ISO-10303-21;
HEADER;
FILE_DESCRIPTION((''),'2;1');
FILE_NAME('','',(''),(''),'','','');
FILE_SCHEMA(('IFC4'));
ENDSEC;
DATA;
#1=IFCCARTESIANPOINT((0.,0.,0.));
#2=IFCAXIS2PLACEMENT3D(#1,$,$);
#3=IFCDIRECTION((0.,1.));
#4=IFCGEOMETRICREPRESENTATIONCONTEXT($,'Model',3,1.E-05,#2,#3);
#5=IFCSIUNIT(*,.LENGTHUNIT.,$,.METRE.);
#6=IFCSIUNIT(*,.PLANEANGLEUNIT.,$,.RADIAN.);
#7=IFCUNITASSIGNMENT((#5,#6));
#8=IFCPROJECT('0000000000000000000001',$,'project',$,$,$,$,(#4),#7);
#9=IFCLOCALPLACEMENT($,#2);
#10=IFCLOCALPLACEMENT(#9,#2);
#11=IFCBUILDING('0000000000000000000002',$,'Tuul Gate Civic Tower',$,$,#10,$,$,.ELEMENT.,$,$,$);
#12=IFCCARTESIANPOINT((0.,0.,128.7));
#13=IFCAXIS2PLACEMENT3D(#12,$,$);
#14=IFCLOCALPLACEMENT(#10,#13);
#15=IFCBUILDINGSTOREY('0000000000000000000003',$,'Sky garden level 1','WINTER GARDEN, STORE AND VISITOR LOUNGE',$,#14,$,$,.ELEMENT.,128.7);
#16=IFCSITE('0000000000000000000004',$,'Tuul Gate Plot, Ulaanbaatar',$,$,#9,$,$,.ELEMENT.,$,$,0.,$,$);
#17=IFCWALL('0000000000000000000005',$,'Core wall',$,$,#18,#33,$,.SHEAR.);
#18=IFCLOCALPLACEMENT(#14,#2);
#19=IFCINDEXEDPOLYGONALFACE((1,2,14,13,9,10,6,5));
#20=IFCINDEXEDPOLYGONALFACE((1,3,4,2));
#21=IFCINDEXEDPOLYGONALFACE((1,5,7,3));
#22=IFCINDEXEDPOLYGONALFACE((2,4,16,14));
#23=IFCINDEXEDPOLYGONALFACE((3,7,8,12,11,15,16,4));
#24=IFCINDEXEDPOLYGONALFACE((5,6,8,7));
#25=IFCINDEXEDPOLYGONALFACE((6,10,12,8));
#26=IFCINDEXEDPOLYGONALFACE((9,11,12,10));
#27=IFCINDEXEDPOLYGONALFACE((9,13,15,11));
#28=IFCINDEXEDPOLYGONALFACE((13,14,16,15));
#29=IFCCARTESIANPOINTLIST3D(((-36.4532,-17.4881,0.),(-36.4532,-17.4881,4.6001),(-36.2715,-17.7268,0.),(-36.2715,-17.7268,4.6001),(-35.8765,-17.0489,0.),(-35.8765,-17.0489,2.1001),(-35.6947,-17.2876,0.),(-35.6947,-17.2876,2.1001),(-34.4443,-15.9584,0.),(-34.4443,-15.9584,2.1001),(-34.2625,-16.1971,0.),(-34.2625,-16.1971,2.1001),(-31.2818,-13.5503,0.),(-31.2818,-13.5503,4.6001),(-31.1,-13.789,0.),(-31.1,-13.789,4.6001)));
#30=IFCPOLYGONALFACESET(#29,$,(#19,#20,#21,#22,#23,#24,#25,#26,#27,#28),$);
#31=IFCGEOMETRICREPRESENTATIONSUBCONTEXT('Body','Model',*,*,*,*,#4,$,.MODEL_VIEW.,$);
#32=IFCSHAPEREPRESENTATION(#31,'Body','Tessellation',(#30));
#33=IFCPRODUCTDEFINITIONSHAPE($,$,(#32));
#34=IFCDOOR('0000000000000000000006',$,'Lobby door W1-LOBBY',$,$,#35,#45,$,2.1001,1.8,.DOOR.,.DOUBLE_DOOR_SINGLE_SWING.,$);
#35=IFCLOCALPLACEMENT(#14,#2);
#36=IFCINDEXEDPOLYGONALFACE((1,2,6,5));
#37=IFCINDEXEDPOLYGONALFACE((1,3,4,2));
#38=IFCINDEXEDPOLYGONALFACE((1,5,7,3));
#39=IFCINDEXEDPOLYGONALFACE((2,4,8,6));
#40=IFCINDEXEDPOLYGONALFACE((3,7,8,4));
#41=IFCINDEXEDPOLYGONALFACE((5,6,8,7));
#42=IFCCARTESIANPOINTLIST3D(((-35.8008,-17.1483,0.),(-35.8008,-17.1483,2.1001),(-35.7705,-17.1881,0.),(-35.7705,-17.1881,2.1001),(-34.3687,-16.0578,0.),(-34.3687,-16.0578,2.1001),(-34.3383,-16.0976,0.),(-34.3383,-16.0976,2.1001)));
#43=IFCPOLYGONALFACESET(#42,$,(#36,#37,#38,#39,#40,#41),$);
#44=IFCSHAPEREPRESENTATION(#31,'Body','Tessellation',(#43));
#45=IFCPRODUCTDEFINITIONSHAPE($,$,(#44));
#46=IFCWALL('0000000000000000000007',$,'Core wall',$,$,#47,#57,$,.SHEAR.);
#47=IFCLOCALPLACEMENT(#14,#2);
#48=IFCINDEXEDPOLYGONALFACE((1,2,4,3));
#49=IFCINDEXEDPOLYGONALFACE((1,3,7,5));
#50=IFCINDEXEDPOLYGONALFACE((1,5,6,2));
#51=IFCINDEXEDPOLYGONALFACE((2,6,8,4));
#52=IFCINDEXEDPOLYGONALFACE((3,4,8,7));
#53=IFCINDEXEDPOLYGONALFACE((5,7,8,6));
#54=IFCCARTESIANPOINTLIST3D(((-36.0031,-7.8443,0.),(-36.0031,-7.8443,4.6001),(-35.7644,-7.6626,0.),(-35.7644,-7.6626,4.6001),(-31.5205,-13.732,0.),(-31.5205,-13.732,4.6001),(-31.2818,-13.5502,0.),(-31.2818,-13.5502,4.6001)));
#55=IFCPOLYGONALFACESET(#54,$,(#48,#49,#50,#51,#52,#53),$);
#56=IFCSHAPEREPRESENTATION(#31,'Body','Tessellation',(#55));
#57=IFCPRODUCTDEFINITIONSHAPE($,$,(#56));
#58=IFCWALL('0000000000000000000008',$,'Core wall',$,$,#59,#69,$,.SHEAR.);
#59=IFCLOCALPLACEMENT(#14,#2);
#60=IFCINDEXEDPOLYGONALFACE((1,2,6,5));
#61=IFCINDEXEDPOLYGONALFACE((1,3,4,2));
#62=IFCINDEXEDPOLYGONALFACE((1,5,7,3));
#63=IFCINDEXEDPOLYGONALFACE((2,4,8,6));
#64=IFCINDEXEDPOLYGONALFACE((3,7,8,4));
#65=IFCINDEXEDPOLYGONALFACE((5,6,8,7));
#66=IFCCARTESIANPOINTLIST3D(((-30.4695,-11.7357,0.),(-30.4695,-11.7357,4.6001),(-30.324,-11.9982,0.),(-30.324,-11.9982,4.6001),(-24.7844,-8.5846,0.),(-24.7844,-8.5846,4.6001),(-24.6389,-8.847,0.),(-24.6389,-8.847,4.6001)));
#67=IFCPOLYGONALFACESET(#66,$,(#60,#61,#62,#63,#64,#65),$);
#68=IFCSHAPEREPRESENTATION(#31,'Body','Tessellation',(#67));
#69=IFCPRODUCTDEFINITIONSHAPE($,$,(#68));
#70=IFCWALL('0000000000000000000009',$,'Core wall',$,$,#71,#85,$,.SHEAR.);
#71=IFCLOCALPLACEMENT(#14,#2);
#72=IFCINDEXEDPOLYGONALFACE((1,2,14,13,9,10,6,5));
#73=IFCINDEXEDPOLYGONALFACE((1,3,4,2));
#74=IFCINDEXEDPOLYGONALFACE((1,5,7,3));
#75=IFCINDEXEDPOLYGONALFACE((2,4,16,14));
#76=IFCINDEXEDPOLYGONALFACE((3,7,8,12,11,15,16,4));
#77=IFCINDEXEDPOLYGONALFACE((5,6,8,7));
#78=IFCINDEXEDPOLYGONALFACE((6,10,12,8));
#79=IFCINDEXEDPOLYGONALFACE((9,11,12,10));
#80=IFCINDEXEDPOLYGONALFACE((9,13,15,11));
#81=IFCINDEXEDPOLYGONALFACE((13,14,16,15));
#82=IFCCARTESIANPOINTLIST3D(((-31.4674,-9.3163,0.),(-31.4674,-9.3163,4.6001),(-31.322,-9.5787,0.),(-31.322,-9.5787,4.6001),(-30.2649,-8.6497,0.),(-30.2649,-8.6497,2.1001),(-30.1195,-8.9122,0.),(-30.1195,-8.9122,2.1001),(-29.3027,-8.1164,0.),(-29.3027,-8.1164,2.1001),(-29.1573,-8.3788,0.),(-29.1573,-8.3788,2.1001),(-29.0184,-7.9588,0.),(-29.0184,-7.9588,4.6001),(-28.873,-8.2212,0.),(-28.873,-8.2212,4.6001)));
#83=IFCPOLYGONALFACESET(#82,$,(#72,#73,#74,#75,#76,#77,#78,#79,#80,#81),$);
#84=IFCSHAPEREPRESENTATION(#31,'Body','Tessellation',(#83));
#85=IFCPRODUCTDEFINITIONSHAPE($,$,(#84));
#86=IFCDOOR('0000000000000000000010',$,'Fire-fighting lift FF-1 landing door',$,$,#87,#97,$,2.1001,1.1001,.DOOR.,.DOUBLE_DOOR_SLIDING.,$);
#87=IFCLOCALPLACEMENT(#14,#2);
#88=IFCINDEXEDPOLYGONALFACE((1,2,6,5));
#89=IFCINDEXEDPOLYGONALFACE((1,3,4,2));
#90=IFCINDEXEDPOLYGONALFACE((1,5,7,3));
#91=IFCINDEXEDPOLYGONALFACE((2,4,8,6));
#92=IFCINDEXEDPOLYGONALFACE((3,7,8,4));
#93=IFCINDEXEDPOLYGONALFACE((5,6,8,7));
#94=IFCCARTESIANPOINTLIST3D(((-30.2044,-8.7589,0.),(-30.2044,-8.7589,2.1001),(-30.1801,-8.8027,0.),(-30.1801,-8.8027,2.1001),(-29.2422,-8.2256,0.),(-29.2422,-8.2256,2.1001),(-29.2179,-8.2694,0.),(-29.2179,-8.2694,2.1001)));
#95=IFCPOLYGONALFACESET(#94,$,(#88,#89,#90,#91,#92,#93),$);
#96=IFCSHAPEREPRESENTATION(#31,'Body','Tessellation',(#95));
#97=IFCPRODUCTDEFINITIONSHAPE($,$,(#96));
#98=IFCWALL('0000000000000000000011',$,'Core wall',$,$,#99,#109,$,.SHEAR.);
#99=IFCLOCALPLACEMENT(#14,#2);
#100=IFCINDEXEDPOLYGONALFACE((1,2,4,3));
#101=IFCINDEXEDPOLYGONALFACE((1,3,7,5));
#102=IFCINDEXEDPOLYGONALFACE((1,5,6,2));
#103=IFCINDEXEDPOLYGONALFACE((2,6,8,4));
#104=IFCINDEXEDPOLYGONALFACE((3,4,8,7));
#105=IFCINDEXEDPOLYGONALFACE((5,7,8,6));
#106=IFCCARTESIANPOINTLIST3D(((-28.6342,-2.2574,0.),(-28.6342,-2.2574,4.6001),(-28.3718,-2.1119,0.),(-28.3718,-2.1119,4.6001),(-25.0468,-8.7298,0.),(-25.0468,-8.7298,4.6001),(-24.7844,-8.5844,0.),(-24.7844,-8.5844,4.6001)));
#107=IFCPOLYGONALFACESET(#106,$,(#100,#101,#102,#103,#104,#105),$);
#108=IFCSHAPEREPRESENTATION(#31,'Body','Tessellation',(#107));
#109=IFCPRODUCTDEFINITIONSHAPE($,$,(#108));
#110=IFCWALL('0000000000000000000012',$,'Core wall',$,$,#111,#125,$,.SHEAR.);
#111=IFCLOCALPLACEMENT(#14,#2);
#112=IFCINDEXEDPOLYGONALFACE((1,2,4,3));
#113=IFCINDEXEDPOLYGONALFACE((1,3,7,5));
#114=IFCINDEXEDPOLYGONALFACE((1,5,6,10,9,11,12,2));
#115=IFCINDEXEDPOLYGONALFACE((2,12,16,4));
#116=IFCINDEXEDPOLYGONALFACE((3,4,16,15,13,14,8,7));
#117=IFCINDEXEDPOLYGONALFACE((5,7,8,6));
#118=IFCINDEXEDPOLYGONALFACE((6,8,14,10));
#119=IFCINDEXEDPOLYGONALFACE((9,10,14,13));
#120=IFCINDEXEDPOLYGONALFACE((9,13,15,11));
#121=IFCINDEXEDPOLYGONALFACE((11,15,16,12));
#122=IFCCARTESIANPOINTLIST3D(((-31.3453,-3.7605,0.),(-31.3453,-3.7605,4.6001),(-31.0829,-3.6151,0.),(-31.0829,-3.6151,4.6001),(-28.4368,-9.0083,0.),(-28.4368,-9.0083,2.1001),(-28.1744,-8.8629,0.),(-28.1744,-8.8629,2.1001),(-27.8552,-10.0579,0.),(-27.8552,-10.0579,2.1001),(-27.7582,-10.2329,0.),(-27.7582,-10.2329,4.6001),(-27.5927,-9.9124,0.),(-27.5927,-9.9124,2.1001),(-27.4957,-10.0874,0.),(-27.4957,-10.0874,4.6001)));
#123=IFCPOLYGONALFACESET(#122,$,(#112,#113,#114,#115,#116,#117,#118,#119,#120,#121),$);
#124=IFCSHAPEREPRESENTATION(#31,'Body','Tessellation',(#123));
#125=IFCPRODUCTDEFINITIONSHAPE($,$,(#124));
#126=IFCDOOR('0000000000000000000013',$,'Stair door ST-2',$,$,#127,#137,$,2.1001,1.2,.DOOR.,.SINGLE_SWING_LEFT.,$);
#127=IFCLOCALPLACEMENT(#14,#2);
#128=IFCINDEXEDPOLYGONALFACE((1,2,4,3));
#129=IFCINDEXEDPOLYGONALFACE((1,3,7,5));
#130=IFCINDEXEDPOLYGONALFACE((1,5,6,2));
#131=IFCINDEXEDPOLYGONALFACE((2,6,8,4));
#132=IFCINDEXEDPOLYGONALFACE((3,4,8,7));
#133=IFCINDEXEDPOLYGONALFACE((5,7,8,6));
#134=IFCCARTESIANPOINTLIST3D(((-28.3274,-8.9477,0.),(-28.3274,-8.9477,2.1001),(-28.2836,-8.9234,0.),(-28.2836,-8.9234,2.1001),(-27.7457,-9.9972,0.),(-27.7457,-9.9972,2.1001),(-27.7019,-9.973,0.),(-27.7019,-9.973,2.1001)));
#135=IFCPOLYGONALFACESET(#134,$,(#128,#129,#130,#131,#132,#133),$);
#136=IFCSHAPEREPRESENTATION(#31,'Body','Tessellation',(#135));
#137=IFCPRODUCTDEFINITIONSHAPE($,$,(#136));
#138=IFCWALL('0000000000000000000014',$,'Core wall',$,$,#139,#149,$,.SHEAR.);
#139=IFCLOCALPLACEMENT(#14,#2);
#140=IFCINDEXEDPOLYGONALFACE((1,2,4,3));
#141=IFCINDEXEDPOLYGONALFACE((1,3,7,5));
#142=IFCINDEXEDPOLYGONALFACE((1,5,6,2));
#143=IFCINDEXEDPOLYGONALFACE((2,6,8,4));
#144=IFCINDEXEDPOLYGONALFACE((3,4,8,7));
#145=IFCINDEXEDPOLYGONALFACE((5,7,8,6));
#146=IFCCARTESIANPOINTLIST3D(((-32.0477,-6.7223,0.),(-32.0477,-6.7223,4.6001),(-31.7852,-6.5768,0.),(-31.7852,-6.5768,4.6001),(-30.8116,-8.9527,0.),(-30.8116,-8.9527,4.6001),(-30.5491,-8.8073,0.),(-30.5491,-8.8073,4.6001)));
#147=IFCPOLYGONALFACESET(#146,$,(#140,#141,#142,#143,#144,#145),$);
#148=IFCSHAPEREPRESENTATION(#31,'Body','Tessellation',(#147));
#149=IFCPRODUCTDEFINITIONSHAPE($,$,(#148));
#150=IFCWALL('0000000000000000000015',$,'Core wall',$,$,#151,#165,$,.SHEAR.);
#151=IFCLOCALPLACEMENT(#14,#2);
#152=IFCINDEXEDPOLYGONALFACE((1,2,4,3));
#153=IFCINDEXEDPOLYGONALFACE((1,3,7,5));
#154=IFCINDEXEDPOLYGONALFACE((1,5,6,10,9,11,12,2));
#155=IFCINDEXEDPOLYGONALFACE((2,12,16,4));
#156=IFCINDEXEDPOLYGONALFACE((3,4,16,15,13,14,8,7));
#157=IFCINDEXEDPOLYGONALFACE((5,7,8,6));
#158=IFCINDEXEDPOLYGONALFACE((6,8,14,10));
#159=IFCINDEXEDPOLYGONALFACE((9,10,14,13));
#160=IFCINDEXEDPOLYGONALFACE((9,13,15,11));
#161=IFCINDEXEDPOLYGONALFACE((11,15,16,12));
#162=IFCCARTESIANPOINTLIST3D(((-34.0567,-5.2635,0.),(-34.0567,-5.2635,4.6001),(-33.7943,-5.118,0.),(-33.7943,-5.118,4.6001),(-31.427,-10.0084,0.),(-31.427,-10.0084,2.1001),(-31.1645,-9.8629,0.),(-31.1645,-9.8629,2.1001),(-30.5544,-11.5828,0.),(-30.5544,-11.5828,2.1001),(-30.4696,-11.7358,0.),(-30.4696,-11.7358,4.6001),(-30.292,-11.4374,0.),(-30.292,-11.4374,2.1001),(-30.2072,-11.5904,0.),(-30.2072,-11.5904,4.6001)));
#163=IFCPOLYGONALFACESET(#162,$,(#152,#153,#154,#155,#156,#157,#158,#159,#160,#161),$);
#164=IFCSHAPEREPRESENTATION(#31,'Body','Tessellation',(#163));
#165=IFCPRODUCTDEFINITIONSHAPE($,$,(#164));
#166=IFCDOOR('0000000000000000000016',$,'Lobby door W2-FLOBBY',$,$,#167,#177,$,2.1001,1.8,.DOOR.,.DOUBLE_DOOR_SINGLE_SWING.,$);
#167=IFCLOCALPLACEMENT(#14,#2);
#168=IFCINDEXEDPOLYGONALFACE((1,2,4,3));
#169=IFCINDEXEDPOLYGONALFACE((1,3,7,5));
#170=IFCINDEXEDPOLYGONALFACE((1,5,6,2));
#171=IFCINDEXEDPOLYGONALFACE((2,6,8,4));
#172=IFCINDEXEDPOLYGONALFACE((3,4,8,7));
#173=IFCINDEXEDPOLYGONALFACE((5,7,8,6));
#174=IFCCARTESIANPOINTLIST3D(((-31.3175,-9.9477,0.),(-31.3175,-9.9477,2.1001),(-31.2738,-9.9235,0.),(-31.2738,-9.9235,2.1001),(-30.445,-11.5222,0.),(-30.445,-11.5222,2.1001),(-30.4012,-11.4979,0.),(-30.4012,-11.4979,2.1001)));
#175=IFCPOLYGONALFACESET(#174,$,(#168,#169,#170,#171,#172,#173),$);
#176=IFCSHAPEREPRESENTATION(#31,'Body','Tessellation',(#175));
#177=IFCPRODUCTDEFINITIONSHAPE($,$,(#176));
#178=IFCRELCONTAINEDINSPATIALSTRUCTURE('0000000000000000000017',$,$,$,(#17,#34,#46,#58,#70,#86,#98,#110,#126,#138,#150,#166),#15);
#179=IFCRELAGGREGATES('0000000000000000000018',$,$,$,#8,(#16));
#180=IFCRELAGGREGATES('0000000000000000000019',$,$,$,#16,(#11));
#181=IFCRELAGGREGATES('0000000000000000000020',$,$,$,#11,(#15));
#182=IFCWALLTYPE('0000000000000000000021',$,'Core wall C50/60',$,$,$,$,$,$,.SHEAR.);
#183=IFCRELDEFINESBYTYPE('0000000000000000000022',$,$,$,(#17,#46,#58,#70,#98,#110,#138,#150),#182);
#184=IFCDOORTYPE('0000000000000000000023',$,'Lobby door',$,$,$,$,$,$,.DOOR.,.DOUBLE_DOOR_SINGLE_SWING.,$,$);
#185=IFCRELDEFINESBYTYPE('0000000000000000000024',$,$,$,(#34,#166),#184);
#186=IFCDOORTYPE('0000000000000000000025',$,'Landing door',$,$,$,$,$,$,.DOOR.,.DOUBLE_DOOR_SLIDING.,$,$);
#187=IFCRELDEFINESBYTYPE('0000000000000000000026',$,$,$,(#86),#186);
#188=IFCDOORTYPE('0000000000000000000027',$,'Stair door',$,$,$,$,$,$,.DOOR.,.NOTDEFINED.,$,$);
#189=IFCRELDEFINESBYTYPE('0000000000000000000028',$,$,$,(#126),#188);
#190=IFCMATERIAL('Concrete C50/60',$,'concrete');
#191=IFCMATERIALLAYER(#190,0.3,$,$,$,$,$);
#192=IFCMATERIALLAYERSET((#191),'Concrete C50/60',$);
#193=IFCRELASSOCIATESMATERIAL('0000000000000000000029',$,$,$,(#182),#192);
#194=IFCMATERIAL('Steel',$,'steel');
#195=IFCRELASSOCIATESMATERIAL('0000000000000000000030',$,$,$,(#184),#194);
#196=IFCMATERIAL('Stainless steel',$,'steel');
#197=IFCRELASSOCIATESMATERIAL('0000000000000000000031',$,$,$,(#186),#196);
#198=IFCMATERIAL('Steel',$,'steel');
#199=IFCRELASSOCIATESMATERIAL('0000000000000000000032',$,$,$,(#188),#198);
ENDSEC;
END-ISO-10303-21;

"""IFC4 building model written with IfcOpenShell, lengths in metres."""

from ifc_helpers import new_model, si_unit, direction, frame, frame_2d, origin, place, context, subcontext, project, spatial, rectangle, extrude, material, layer, layer_set, type_object, element, fill, save


model = new_model("IFC4")

# Units and contexts
model_context = context("Model", 3, precision=1e-05, world=origin(), true_north=direction((0.0, 1.0)))
body_context = subcontext(model_context, "Body", "Model", "MODEL_VIEW")
ifc_project = project(units=[si_unit("LENGTHUNIT", "METRE"), si_unit("PLANEANGLEUNIT", "RADIAN")], contexts=[model_context])

# Site, building, storey
site_placement = place(None, origin())
site = spatial("IfcSite", under=ifc_project, at=site_placement, Name="Tuul Gate Plot, Ulaanbaatar", CompositionType="ELEMENT", RefElevation=0.0)
building_placement = place(site_placement, origin())
building = spatial("IfcBuilding", under=site, at=building_placement, Name="Tuul Gate Civic Tower", CompositionType="ELEMENT")
storey_placement = place(building_placement, frame((0.0, 0.0, 128.7)))
storey = spatial("IfcBuildingStorey", under=building, at=storey_placement, Name="Sky garden level 1", Description="WINTER GARDEN, STORE AND VISITOR LOUNGE", CompositionType="ELEMENT", Elevation=128.7)

# Wall, opening, door
ifc_material_1 = material(Name="Concrete C50/60", Category="concrete")
ifc_layer_1 = layer(ifc_material_1, 0.3)
ifc_layer_set_1 = layer_set([ifc_layer_1], Name="Concrete C50/60")
wall_type_1 = type_object("IfcWallType", Name="Core wall C50/60", PredefinedType="SHEAR", material=ifc_layer_set_1)
wall_1_placement = place(storey_placement, frame((-31.1909, -13.6697, 0.0), z_axis=(0.0, 0.0, 1.0), x_axis=(-0.795607, -0.605813, 0.0)))
wall_1 = element("IfcWall", 1, at=wall_1_placement, inside=storey, type_object=wall_type_1, Name="Core wall", PredefinedType="SHEAR", context=body_context, shape_type="SweptSolid", body=[
    extrude(rectangle(XDim=6.5, YDim=0.3, at=frame_2d((3.25, 0.0))), origin(), (0.0, 0.0, 1.0), 4.6001),
])
opening_1_placement = place(wall_1_placement, frame((3.9751, 0.0, 0.0)))
opening_1 = element("IfcOpeningElement", 2, at=opening_1_placement, cuts=wall_1, PredefinedType="OPENING", context=body_context, shape_type="SweptSolid", body=[
    extrude(rectangle(XDim=1.8, YDim=2.1001, at=frame_2d((0.8999, 1.05))), frame((0.0, 0.1602, 0.0), z_axis=(0.0, -1.0, 0.0), x_axis=(1.0, 0.0, 0.0)), (0.0, 0.0, 1.0), 0.3201),
])
ifc_material_2 = material(Name="Steel", Category="steel")
door_type_1 = type_object("IfcDoorType", Name="Lobby door", OperationType="DOUBLE_DOOR_SINGLE_SWING", PredefinedType="DOOR", material=ifc_material_2)
door_1_placement = place(opening_1_placement, origin())
door_1 = element("IfcDoor", 3, at=door_1_placement, inside=storey, type_object=door_type_1, Name="Lobby door W1-LOBBY", OperationType="DOUBLE_DOOR_SINGLE_SWING", OverallHeight=2.1001, OverallWidth=1.8, PredefinedType="DOOR", context=body_context, shape_type="SweptSolid", body=[
    extrude(rectangle(XDim=1.8, YDim=2.1001, at=frame_2d((0.8999, 1.05))), frame((0.0, 0.0249, 0.0), z_axis=(0.0, -1.0, 0.0), x_axis=(1.0, 0.0, 0.0)), (0.0, 0.0, 1.0), 0.05),
])
fill(opening_1, door_1)

# Walls
wall_2_placement = place(storey_placement, frame((-31.4011, -13.6411, 0.0), z_axis=(0.0, 0.0, 1.0), x_axis=(-0.60577, 0.79564, 0.0)))
element("IfcWall", 4, at=wall_2_placement, inside=storey, type_object=wall_type_1, Name="Core wall", PredefinedType="SHEAR", context=body_context, shape_type="SweptSolid", body=[
    extrude(rectangle(XDim=7.3999, YDim=0.3, at=frame_2d((3.7, 0.0))), origin(), (0.0, 0.0, 1.0), 4.6001),
])
wall_3_placement = place(storey_placement, frame((-24.7117, -8.7158, 0.0), z_axis=(0.0, 0.0, 1.0), x_axis=(-0.87463, -0.484791, 0.0)))
element("IfcWall", 5, at=wall_3_placement, inside=storey, type_object=wall_type_1, Name="Core wall", PredefinedType="SHEAR", context=body_context, shape_type="SweptSolid", body=[
    extrude(rectangle(XDim=6.5, YDim=0.3, at=frame_2d((3.25, 0.0))), origin(), (0.0, 0.0, 1.0), 4.6001),
])

# Wall, opening, door
wall_4_placement = place(storey_placement, frame((-28.9458, -8.0901, 0.0), z_axis=(0.0, 0.0, 1.0), x_axis=(-0.87463, -0.484791, 0.0)))
wall_4 = element("IfcWall", 6, at=wall_4_placement, inside=storey, type_object=wall_type_1, Name="Core wall", PredefinedType="SHEAR", context=body_context, shape_type="SweptSolid", body=[
    extrude(rectangle(XDim=2.8, YDim=0.3, at=frame_2d((1.3999, 0.0))), origin(), (0.0, 0.0, 1.0), 4.6001),
])
opening_2_placement = place(wall_4_placement, frame((0.325, 0.0, 0.0)))
opening_2 = element("IfcOpeningElement", 7, at=opening_2_placement, cuts=wall_4, PredefinedType="OPENING", context=body_context, shape_type="SweptSolid", body=[
    extrude(rectangle(XDim=1.1001, YDim=2.1001, at=frame_2d((0.55, 1.05))), frame((0.0, 0.1602, 0.0), z_axis=(0.0, -1.0, 0.0), x_axis=(1.0, 0.0, 0.0)), (0.0, 0.0, 1.0), 0.3201),
])
ifc_material_3 = material(Name="Stainless steel", Category="steel")
door_type_2 = type_object("IfcDoorType", Name="Landing door", OperationType="DOUBLE_DOOR_SLIDING", PredefinedType="DOOR", material=ifc_material_3)
door_2_placement = place(opening_2_placement, origin())
door_2 = element("IfcDoor", 8, at=door_2_placement, inside=storey, type_object=door_type_2, Name="Fire-fighting lift FF-1 landing door", OperationType="DOUBLE_DOOR_SLIDING", OverallHeight=2.1001, OverallWidth=1.1001, PredefinedType="DOOR", context=body_context, shape_type="SweptSolid", body=[
    extrude(rectangle(XDim=1.1001, YDim=2.1001, at=frame_2d((0.55, 1.05))), frame((0.0, 0.0249, 0.0), z_axis=(0.0, -1.0, 0.0), x_axis=(1.0, 0.0, 0.0)), (0.0, 0.0, 1.0), 0.05),
])
fill(opening_2, door_2)

# Wall
wall_5_placement = place(storey_placement, frame((-24.9155, -8.6572, 0.0), z_axis=(0.0, 0.0, 1.0), x_axis=(-0.484777, 0.874638, 0.0)))
element("IfcWall", 9, at=wall_5_placement, inside=storey, type_object=wall_type_1, Name="Core wall", PredefinedType="SHEAR", context=body_context, shape_type="SweptSolid", body=[
    extrude(rectangle(XDim=7.4001, YDim=0.3, at=frame_2d((3.7002, 0.0))), origin(), (0.0, 0.0, 1.0), 4.6001),
])

# Wall, opening, door
wall_6_placement = place(storey_placement, frame((-27.627, -10.1602, 0.0), z_axis=(0.0, 0.0, 1.0), x_axis=(-0.484752, 0.874652, 0.0)))
wall_6 = element("IfcWall", 10, at=wall_6_placement, inside=storey, type_object=wall_type_1, Name="Core wall", PredefinedType="SHEAR", context=body_context, shape_type="SweptSolid", body=[
    extrude(rectangle(XDim=7.3999, YDim=0.3, at=frame_2d((3.7, 0.0))), origin(), (0.0, 0.0, 1.0), 4.6001),
])
opening_3_placement = place(wall_6_placement, frame((0.2, 0.0, 0.0)))
opening_3 = element("IfcOpeningElement", 11, at=opening_3_placement, cuts=wall_6, PredefinedType="OPENING", context=body_context, shape_type="SweptSolid", body=[
    extrude(rectangle(XDim=1.2, YDim=2.1001, at=frame_2d((0.6001, 1.05))), frame((0.0, 0.1602, 0.0), z_axis=(0.0, -1.0, 0.0), x_axis=(1.0, 0.0, 0.0)), (0.0, 0.0, 1.0), 0.3201),
])
ifc_material_4 = material(Name="Steel", Category="steel")
door_type_3 = type_object("IfcDoorType", Name="Stair door", OperationType="NOTDEFINED", PredefinedType="DOOR", material=ifc_material_4)
door_3_placement = place(opening_3_placement, origin())
door_3 = element("IfcDoor", 12, at=door_3_placement, inside=storey, type_object=door_type_3, Name="Stair door ST-2", OperationType="SINGLE_SWING_LEFT", OverallHeight=2.1001, OverallWidth=1.2, PredefinedType="DOOR", context=body_context, shape_type="SweptSolid", body=[
    extrude(rectangle(XDim=1.2, YDim=2.1001, at=frame_2d((0.6001, 1.05))), frame((0.0, 0.0249, 0.0), z_axis=(0.0, -1.0, 0.0), x_axis=(1.0, 0.0, 0.0)), (0.0, 0.0, 1.0), 0.05),
])
fill(opening_3, door_3)

# Wall
wall_7_placement = place(storey_placement, frame((-30.6804, -8.8799, 0.0), z_axis=(0.0, 0.0, 1.0), x_axis=(-0.484724, 0.874667, 0.0)))
element("IfcWall", 13, at=wall_7_placement, inside=storey, type_object=wall_type_1, Name="Core wall", PredefinedType="SHEAR", context=body_context, shape_type="SweptSolid", body=[
    extrude(rectangle(XDim=2.55, YDim=0.3, at=frame_2d((1.2749, 0.0))), origin(), (0.0, 0.0, 1.0), 4.6001),
])

# Wall, opening, door
wall_8_placement = place(storey_placement, frame((-30.3384, -11.6631, 0.0), z_axis=(0.0, 0.0, 1.0), x_axis=(-0.484752, 0.874652, 0.0)))
wall_8 = element("IfcWall", 14, at=wall_8_placement, inside=storey, type_object=wall_type_1, Name="Core wall", PredefinedType="SHEAR", context=body_context, shape_type="SweptSolid", body=[
    extrude(rectangle(XDim=7.3999, YDim=0.3, at=frame_2d((3.7, 0.0))), origin(), (0.0, 0.0, 1.0), 4.6001),
])
opening_4_placement = place(wall_8_placement, frame((0.175, 0.0, 0.0)))
opening_4 = element("IfcOpeningElement", 15, at=opening_4_placement, cuts=wall_8, PredefinedType="OPENING", context=body_context, shape_type="SweptSolid", body=[
    extrude(rectangle(XDim=1.8, YDim=2.1001, at=frame_2d((0.8999, 1.05))), frame((0.0, 0.1602, 0.0), z_axis=(0.0, -1.0, 0.0), x_axis=(1.0, 0.0, 0.0)), (0.0, 0.0, 1.0), 0.3201),
])
door_4_placement = place(opening_4_placement, origin())
door_4 = element("IfcDoor", 16, at=door_4_placement, inside=storey, type_object=door_type_1, Name="Lobby door W2-FLOBBY", OperationType="DOUBLE_DOOR_SINGLE_SWING", OverallHeight=2.1001, OverallWidth=1.8, PredefinedType="DOOR", context=body_context, shape_type="SweptSolid", body=[
    extrude(rectangle(XDim=1.8, YDim=2.1001, at=frame_2d((0.8999, 1.05))), frame((0.0, 0.0249, 0.0), z_axis=(0.0, -1.0, 0.0), x_axis=(1.0, 0.0, 0.0)), (0.0, 0.0, 1.0), 0.05),
])
fill(opening_4, door_4)

save(model, "model.ifc")
